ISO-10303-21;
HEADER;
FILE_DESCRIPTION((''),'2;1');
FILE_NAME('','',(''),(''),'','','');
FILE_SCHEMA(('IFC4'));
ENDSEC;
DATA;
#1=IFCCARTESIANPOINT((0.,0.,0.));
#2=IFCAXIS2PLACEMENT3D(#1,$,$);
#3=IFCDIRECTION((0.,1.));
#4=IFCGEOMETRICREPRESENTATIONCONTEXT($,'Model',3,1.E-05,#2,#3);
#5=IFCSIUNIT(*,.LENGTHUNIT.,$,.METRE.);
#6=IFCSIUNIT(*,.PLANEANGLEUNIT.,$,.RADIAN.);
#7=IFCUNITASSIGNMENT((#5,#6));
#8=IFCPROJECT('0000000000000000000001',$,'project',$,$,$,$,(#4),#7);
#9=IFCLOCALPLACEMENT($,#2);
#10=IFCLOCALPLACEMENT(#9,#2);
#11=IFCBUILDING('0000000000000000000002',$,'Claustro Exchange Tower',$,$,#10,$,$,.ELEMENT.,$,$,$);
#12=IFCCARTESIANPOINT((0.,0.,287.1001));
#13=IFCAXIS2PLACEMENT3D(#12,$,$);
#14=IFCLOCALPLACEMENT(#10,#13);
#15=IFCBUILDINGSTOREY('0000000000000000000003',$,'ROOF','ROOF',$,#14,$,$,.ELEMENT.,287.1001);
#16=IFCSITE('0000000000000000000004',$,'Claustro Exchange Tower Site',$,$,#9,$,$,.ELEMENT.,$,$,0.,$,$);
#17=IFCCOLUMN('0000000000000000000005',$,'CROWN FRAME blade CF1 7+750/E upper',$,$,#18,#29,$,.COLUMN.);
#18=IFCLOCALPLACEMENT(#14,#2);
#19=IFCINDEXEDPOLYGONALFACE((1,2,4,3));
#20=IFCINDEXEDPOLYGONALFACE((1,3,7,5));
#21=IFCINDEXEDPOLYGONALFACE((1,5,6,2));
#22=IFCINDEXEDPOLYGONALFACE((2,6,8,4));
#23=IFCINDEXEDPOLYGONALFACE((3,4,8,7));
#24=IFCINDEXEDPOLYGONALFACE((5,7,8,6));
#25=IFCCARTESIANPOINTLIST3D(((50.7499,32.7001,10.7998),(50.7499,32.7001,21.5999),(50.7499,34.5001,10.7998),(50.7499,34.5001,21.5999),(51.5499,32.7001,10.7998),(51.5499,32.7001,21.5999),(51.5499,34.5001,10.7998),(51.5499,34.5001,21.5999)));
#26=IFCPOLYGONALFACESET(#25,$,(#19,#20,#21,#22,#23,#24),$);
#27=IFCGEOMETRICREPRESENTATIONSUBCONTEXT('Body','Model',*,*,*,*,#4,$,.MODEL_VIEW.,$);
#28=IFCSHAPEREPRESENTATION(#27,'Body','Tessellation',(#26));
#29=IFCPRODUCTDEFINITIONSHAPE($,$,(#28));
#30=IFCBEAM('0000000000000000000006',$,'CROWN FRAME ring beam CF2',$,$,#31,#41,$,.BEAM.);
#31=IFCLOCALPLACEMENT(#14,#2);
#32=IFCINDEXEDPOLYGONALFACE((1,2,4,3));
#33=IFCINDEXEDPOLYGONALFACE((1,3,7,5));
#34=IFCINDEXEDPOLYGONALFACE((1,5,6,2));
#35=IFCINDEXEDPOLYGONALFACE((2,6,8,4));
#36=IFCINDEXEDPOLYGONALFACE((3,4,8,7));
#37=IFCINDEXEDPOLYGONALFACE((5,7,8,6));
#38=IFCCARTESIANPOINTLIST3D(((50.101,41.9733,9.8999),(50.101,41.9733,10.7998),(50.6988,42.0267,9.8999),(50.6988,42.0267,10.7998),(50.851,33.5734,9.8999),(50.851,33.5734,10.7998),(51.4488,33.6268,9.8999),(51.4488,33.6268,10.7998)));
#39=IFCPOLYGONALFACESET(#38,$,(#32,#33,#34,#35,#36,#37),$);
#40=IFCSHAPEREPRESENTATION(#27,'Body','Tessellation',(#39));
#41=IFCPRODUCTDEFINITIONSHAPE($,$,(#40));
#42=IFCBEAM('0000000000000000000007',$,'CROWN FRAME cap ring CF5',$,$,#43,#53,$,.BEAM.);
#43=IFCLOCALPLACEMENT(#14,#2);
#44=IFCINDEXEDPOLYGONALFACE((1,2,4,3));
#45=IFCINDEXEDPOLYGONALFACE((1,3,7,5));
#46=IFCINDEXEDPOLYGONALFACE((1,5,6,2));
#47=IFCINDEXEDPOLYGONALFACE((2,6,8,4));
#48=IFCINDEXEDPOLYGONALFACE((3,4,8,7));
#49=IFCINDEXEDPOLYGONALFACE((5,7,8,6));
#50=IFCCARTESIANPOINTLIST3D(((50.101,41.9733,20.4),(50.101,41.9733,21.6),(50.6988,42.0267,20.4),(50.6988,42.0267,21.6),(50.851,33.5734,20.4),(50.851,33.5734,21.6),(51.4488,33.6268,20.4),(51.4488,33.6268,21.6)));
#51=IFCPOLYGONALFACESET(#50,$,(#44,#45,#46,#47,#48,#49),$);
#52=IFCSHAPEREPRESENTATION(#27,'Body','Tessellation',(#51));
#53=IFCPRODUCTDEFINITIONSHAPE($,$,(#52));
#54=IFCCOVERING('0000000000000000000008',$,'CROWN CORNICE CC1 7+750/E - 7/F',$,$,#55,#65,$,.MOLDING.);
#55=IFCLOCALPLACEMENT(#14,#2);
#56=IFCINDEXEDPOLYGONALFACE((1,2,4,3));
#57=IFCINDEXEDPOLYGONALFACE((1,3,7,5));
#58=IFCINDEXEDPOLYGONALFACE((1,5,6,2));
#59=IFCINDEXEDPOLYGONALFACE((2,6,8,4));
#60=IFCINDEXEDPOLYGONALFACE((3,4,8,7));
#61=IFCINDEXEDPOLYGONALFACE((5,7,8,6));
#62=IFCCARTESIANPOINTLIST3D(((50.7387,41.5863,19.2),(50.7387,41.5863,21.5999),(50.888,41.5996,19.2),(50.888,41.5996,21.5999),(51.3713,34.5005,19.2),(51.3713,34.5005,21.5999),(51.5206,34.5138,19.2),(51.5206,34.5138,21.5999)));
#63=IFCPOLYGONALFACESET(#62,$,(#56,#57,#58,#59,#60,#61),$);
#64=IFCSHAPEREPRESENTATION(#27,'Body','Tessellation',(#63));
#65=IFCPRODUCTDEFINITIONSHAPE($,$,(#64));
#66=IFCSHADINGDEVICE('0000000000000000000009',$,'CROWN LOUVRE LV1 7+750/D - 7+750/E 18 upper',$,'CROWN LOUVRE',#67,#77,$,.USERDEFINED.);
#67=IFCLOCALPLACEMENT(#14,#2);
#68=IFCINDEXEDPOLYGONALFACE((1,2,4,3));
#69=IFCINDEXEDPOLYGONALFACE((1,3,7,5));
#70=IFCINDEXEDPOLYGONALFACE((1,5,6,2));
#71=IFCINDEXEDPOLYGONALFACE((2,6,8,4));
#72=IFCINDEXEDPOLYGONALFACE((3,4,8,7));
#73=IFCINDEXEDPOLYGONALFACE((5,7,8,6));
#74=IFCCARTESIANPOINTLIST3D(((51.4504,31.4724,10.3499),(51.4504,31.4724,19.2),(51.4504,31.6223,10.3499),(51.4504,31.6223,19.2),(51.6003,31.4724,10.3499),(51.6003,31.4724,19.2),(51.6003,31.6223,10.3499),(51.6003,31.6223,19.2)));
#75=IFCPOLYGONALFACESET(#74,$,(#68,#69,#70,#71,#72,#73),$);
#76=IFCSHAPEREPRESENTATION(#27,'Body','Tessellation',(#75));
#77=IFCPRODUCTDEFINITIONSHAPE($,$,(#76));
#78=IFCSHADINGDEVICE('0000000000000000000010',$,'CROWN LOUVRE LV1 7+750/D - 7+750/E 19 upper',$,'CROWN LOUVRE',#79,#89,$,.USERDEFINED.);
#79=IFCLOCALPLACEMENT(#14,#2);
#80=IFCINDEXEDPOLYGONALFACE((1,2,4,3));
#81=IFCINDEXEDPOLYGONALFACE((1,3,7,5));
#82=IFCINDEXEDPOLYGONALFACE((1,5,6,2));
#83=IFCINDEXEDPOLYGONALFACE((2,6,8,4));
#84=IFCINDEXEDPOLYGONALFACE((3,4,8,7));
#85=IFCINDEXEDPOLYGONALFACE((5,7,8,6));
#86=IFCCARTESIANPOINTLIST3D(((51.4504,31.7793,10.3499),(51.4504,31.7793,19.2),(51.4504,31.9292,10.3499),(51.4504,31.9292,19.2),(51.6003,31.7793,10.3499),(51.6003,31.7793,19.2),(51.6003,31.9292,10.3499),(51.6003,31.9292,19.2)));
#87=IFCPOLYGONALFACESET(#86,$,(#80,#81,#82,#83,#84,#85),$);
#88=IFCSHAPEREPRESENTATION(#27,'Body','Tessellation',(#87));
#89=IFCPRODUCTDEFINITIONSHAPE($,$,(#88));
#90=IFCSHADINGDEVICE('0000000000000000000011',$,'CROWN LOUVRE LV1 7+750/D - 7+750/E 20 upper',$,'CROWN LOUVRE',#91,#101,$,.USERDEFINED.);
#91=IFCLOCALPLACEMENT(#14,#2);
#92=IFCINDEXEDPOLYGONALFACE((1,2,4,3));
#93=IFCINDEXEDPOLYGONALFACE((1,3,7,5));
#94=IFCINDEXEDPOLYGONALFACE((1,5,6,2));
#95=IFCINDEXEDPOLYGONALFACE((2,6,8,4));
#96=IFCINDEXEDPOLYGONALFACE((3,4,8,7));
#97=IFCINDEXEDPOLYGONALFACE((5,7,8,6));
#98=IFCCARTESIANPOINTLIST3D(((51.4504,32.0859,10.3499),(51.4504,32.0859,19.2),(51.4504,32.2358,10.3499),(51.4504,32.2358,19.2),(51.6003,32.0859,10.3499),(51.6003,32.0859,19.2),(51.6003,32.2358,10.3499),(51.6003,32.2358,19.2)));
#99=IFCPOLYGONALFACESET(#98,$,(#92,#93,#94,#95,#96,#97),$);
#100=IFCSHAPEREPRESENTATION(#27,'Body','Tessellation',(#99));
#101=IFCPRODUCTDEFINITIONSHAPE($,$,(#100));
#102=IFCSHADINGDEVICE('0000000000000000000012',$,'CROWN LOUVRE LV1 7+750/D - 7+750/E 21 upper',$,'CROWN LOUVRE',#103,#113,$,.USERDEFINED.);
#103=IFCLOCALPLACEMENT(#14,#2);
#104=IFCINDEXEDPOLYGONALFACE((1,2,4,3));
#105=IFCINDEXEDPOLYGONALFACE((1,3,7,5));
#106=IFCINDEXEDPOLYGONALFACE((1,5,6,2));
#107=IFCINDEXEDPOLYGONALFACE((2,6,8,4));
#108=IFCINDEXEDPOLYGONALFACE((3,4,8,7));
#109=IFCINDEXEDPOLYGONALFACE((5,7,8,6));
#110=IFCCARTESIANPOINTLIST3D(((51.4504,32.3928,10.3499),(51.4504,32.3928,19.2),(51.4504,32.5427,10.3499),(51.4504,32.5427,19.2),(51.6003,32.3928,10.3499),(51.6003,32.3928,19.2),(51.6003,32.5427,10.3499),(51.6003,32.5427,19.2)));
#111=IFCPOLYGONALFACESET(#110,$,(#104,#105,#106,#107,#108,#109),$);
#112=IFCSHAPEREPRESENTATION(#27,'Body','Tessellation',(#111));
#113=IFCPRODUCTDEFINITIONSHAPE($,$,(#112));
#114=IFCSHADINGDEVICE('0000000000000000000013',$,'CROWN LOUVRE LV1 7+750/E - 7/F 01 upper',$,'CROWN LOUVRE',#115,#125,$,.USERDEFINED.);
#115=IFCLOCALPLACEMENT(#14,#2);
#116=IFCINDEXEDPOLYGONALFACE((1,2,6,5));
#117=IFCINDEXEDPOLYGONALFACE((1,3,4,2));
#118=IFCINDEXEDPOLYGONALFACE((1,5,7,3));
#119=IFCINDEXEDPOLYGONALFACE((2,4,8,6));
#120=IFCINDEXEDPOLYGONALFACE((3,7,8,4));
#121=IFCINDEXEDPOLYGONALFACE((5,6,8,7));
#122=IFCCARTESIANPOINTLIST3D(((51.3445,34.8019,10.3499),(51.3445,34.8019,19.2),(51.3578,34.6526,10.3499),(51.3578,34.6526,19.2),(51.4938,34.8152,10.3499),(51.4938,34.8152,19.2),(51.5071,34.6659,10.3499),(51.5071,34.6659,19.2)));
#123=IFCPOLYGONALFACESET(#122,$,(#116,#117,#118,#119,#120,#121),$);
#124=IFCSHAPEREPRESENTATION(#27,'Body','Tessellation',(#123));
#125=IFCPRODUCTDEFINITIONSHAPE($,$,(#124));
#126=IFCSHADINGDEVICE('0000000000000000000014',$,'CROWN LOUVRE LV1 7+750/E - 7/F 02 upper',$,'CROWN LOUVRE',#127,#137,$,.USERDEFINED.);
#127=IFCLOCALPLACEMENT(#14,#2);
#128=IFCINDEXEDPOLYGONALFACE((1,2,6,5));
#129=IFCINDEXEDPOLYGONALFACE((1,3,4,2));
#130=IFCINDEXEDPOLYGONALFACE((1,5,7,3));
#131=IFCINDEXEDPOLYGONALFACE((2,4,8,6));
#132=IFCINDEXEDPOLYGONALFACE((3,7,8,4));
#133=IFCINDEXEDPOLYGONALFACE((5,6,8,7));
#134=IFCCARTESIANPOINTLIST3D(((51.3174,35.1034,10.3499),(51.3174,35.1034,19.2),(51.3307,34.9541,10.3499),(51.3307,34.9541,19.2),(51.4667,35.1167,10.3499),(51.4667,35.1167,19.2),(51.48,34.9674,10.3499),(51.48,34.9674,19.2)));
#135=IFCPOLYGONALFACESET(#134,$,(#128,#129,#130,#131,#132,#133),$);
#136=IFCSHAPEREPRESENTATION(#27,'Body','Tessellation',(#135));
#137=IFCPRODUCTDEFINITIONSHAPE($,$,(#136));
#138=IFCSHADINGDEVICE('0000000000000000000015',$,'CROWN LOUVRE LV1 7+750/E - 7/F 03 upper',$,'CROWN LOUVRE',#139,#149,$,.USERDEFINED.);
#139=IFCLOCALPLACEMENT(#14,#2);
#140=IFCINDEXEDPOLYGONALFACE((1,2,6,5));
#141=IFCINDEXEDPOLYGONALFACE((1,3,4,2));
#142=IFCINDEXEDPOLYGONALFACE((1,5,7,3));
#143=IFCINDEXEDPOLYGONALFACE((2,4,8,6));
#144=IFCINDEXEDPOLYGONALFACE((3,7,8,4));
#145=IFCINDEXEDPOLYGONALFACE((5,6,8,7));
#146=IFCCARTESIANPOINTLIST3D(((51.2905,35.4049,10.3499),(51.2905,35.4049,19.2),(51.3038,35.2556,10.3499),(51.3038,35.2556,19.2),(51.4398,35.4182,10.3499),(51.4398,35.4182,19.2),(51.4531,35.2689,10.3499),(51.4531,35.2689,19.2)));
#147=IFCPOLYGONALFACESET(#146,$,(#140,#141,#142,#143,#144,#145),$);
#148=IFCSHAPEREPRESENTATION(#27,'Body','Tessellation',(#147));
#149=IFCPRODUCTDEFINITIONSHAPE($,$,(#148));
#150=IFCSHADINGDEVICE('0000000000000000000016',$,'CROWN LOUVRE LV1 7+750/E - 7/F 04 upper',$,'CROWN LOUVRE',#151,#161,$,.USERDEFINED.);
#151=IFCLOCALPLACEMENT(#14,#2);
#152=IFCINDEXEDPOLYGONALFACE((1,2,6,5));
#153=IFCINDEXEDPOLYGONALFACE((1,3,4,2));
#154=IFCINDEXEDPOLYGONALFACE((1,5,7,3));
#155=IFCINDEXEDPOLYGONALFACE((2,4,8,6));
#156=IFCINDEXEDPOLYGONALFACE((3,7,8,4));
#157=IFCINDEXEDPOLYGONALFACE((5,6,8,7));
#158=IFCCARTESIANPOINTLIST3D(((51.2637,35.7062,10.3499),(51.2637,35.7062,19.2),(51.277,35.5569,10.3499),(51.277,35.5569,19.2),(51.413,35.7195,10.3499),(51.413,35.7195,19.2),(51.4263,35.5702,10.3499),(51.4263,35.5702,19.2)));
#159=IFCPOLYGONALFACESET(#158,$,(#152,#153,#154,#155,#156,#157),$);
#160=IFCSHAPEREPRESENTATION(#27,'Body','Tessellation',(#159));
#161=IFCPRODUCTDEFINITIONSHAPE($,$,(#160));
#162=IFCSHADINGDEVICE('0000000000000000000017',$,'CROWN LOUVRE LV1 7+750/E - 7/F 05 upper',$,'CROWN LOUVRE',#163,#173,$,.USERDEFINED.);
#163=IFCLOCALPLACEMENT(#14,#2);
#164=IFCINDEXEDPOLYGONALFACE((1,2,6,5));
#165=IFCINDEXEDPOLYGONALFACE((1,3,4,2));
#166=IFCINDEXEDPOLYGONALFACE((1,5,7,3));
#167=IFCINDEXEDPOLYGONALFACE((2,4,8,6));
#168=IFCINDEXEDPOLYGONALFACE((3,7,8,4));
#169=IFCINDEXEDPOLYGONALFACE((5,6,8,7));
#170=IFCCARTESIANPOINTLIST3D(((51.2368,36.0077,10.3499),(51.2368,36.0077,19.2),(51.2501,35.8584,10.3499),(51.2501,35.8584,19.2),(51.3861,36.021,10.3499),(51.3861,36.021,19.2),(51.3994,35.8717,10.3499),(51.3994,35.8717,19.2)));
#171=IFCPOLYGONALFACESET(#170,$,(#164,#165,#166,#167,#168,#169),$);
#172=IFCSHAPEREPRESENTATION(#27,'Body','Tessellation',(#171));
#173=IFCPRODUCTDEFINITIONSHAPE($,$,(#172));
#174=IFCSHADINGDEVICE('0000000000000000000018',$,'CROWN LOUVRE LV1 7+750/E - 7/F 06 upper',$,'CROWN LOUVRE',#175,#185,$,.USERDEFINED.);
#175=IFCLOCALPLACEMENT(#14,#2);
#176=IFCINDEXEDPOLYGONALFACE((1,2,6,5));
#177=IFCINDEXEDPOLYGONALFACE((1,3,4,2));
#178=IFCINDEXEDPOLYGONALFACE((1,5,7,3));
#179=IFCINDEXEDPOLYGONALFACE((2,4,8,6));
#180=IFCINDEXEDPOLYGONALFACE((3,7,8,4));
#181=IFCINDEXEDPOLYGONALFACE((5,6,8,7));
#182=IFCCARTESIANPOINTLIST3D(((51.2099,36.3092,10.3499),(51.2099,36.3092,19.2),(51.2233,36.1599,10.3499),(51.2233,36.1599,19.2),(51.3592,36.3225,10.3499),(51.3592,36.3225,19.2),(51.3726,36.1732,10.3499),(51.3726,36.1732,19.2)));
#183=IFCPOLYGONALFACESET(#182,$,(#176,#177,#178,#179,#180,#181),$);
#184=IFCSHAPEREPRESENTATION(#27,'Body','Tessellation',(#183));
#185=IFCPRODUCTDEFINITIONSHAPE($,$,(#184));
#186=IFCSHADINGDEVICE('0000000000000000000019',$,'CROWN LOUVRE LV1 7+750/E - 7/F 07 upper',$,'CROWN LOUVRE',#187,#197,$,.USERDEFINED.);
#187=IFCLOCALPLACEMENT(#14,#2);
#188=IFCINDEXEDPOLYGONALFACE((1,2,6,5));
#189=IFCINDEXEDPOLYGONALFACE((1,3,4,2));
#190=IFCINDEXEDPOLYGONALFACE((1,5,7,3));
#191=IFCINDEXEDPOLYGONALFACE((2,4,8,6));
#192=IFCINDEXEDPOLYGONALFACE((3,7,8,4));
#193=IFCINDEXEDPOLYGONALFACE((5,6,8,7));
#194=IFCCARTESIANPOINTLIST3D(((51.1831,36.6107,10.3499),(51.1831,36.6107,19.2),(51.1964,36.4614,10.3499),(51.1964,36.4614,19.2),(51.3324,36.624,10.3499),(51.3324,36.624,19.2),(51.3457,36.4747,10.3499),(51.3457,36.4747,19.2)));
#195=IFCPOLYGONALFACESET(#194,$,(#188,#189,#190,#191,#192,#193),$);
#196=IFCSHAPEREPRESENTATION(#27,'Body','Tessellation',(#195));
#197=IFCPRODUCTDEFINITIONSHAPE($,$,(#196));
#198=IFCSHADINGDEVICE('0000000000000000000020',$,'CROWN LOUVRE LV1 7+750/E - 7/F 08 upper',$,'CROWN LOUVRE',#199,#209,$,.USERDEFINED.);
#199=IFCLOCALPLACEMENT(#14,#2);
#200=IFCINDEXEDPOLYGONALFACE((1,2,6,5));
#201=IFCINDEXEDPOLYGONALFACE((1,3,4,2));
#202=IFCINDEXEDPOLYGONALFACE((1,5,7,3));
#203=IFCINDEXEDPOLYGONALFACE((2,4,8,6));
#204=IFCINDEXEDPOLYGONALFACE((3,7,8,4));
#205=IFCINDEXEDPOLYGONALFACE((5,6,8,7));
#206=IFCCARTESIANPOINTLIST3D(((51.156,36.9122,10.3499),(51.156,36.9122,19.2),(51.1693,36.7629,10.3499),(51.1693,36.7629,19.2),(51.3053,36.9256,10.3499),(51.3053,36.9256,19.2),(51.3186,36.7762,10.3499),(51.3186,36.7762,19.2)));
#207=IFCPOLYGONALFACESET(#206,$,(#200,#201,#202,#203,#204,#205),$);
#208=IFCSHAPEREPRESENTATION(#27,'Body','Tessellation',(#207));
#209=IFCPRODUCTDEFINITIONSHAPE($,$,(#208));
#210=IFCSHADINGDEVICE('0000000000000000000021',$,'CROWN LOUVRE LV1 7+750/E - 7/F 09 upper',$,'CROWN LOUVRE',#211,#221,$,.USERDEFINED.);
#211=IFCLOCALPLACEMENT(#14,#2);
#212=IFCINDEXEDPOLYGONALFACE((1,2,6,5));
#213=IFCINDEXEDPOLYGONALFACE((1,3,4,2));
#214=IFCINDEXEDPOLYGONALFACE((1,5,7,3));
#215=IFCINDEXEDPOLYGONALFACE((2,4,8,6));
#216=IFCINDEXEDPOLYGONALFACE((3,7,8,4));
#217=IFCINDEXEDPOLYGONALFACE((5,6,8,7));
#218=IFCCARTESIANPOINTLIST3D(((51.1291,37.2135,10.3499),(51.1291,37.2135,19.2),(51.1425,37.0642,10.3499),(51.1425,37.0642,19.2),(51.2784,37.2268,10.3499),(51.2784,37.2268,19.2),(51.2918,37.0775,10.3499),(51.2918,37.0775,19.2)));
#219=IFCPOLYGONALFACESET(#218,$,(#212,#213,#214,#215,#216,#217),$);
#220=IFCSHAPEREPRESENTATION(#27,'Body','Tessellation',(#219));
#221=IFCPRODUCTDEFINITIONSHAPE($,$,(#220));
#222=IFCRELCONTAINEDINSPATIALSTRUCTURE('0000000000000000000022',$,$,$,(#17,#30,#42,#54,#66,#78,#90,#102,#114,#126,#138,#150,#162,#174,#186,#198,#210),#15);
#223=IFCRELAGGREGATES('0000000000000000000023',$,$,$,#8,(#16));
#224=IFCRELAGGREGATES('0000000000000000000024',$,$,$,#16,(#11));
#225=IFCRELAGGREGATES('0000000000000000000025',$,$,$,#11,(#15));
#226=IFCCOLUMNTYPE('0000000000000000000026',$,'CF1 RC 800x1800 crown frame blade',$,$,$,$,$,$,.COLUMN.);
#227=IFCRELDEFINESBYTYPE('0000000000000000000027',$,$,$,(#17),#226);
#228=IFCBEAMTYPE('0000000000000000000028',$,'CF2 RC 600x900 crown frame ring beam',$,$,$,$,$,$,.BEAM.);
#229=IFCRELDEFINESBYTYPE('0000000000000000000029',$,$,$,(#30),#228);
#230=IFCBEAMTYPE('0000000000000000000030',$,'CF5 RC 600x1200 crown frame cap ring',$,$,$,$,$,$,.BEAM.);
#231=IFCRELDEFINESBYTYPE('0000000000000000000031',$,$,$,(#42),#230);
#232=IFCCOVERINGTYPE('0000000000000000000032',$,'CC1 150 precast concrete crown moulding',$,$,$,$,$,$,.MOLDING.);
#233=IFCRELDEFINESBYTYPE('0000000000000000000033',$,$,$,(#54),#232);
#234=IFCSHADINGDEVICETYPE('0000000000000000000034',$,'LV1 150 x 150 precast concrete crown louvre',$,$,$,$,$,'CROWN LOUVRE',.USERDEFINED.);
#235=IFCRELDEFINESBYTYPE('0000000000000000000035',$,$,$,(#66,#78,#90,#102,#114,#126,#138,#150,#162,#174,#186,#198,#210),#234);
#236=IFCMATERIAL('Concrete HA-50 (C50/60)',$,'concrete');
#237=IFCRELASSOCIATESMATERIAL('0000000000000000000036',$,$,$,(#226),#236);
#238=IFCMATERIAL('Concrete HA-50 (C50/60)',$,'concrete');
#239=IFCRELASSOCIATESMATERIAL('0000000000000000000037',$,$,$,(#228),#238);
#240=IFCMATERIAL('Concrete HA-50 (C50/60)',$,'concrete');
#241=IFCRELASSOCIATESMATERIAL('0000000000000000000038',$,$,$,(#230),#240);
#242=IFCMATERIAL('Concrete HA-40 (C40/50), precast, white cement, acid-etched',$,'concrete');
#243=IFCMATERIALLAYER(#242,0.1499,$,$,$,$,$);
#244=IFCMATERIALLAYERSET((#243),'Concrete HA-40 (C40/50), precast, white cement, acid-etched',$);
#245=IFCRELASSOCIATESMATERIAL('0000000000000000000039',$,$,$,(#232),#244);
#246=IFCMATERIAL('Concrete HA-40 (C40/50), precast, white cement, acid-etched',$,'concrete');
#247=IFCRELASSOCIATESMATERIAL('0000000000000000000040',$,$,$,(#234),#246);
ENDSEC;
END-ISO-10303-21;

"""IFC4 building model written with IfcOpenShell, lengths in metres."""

from ifc_helpers import new_model, si_unit, direction, frame, origin, origin_2d, place, context, subcontext, project, spatial, rectangle, extrude, material, layer, layer_set, material_profile, profile_set, type_object, element, save


model = new_model("IFC4")

# Units and contexts
model_context = context("Model", 3, precision=1e-05, world=origin(), true_north=direction((0.0, 1.0)))
body_context = subcontext(model_context, "Body", "Model", "MODEL_VIEW")
ifc_project = project(units=[si_unit("LENGTHUNIT", "METRE"), si_unit("PLANEANGLEUNIT", "RADIAN")], contexts=[model_context])

# Site, building, storey
site_placement = place(None, origin())
site = spatial("IfcSite", under=ifc_project, at=site_placement, Name="Claustro Exchange Tower Site", CompositionType="ELEMENT", RefElevation=0.0)
building_placement = place(site_placement, origin())
building = spatial("IfcBuilding", under=site, at=building_placement, Name="Claustro Exchange Tower", CompositionType="ELEMENT")
storey_placement = place(building_placement, frame((0.0, 0.0, 287.1001)))
storey = spatial("IfcBuildingStorey", under=building, at=storey_placement, Name="ROOF", Description="ROOF", CompositionType="ELEMENT", Elevation=287.1001)

# Column
ifc_material_1 = material(Name="Concrete HA-50 (C50/60)", Category="concrete")
ifc_material_profile_1 = material_profile(ifc_material_1, rectangle(XDim=0.8, YDim=1.8, at=origin_2d()), Name="RC 800x1800")
ifc_profile_set_1 = profile_set([ifc_material_profile_1], Name="Concrete HA-50 (C50/60)")
column_type = type_object("IfcColumnType", Name="CF1 RC 800x1800 crown frame blade", PredefinedType="COLUMN", material=ifc_profile_set_1)
column_placement = place(storey_placement, frame((51.1499, 33.6001, 10.7998), z_axis=(0.0, 0.0, 1.0), x_axis=(1.0, 0.0, 0.0)))
element("IfcColumn", 1, at=column_placement, inside=storey, type_object=column_type, Name="CROWN FRAME blade CF1 7+750/E upper", PredefinedType="COLUMN", context=body_context, shape_type="SweptSolid", body=[
    extrude(rectangle(XDim=0.8, YDim=1.8, at=origin_2d()), origin(), (0.0, 0.0, 1.0), 10.8),
])

# Beams
ifc_material_2 = material(Name="Concrete HA-50 (C50/60)", Category="concrete")
ifc_material_profile_2 = material_profile(ifc_material_2, rectangle(XDim=0.6001, YDim=0.8999, at=origin_2d()), Name="RC 600x900")
ifc_profile_set_2 = profile_set([ifc_material_profile_2], Name="Concrete HA-50 (C50/60)")
beam_type_1 = type_object("IfcBeamType", Name="CF2 RC 600x900 crown frame ring beam", PredefinedType="BEAM", material=ifc_profile_set_2)
beam_1_placement = place(storey_placement, frame((51.1499, 33.6001, 10.3499), z_axis=(-0.088933, 0.996038, 0.0), x_axis=(-0.996038, -0.088933, 0.0)))
element("IfcBeam", 2, at=beam_1_placement, inside=storey, type_object=beam_type_1, Name="CROWN FRAME ring beam CF2", PredefinedType="BEAM", context=body_context, shape_type="SweptSolid", body=[
    extrude(rectangle(XDim=0.6001, YDim=0.8999, at=origin_2d()), origin(), (0.0, 0.0, 1.0), 8.4333),
])
ifc_material_3 = material(Name="Concrete HA-50 (C50/60)", Category="concrete")
ifc_material_profile_3 = material_profile(ifc_material_3, rectangle(XDim=0.6001, YDim=1.2, at=origin_2d()), Name="RC 600x1200")
ifc_profile_set_3 = profile_set([ifc_material_profile_3], Name="Concrete HA-50 (C50/60)")
beam_type_2 = type_object("IfcBeamType", Name="CF5 RC 600x1200 crown frame cap ring", PredefinedType="BEAM", material=ifc_profile_set_3)
beam_2_placement = place(storey_placement, frame((51.1499, 33.6001, 21.0), z_axis=(-0.088933, 0.996038, 0.0), x_axis=(-0.996038, -0.088933, 0.0)))
element("IfcBeam", 3, at=beam_2_placement, inside=storey, type_object=beam_type_2, Name="CROWN FRAME cap ring CF5", PredefinedType="BEAM", context=body_context, shape_type="SweptSolid", body=[
    extrude(rectangle(XDim=0.6001, YDim=1.2, at=origin_2d()), origin(), (0.0, 0.0, 1.0), 8.4333),
])

# Covering
ifc_material_4 = material(Name="Concrete HA-40 (C40/50), precast, white cement, acid-etched", Category="concrete")
ifc_layer_1 = layer(ifc_material_4, 0.1499)
ifc_layer_set_1 = layer_set([ifc_layer_1], Name="Concrete HA-40 (C40/50), precast, white cement, acid-etched")
covering_type = type_object("IfcCoveringType", Name="CC1 150 precast concrete crown moulding", PredefinedType="MOLDING", material=ifc_layer_set_1)
covering_placement = place(storey_placement, frame((51.1296, 38.05, 19.2), z_axis=(0.0, 0.0, 1.0), x_axis=(-0.088933, 0.996038, 0.0)))
element("IfcCovering", 4, at=covering_placement, inside=storey, type_object=covering_type, Name="CROWN CORNICE CC1 7+750/E - 7/F", PredefinedType="MOLDING", context=body_context, shape_type="SweptSolid", body=[
    extrude(rectangle(XDim=7.114, YDim=0.1499, at=origin_2d()), origin(), (0.0, 0.0, 1.0), 2.3999),
])

# Shading devices
ifc_material_5 = material(Name="Concrete HA-40 (C40/50), precast, white cement, acid-etched", Category="concrete")
shading_device_type = type_object("IfcShadingDeviceType", Name="LV1 150 x 150 precast concrete crown louvre", ElementType="CROWN LOUVRE", PredefinedType="USERDEFINED", material=ifc_material_5)
for number, where, z_axis, x_axis, name in (
    (5, (51.5254, 31.5474, 10.3499), (0.0, 0.0, 1.0), (0.0, 1.0, 0.0), "CROWN LOUVRE LV1 7+750/D - 7+750/E 18 upper"),
    (6, (51.5254, 31.8542, 10.3499), (0.0, 0.0, 1.0), (0.0, 1.0, 0.0), "CROWN LOUVRE LV1 7+750/D - 7+750/E 19 upper"),
    (7, (51.5254, 32.1609, 10.3499), (0.0, 0.0, 1.0), (0.0, 1.0, 0.0), "CROWN LOUVRE LV1 7+750/D - 7+750/E 20 upper"),
    (8, (51.5254, 32.4678, 10.3499), (0.0, 0.0, 1.0), (0.0, 1.0, 0.0), "CROWN LOUVRE LV1 7+750/D - 7+750/E 21 upper"),
    (9, (51.4258, 34.7339, 10.3499), (0.0, 0.0, 1.0), (-0.088933, 0.996038, 0.0), "CROWN LOUVRE LV1 7+750/E - 7/F 01 upper"),
    (10, (51.3987, 35.0354, 10.3499), (0.0, 0.0, 1.0), (-0.088933, 0.996038, 0.0), "CROWN LOUVRE LV1 7+750/E - 7/F 02 upper"),
    (11, (51.3718, 35.3369, 10.3499), (0.0, 0.0, 1.0), (-0.088933, 0.996038, 0.0), "CROWN LOUVRE LV1 7+750/E - 7/F 03 upper"),
    (12, (51.345, 35.6382, 10.3499), (0.0, 0.0, 1.0), (-0.088933, 0.996038, 0.0), "CROWN LOUVRE LV1 7+750/E - 7/F 04 upper"),
    (13, (51.3181, 35.9397, 10.3499), (0.0, 0.0, 1.0), (-0.088933, 0.996038, 0.0), "CROWN LOUVRE LV1 7+750/E - 7/F 05 upper"),
    (14, (51.2913, 36.2412, 10.3499), (0.0, 0.0, 1.0), (-0.088933, 0.996038, 0.0), "CROWN LOUVRE LV1 7+750/E - 7/F 06 upper"),
    (15, (51.2644, 36.5427, 10.3499), (0.0, 0.0, 1.0), (-0.088933, 0.996038, 0.0), "CROWN LOUVRE LV1 7+750/E - 7/F 07 upper"),
    (16, (51.2373, 36.8442, 10.3499), (0.0, 0.0, 1.0), (-0.088933, 0.996038, 0.0), "CROWN LOUVRE LV1 7+750/E - 7/F 08 upper"),
    (17, (51.2104, 37.1455, 10.3499), (0.0, 0.0, 1.0), (-0.088933, 0.996038, 0.0), "CROWN LOUVRE LV1 7+750/E - 7/F 09 upper"),
):
    element("IfcShadingDevice", number, at=place(storey_placement, frame(where, z_axis=z_axis, x_axis=x_axis)), inside=storey, type_object=shading_device_type, Name=name, ObjectType="CROWN LOUVRE", PredefinedType="USERDEFINED", context=body_context, shape_type="SweptSolid", body=[
        extrude(rectangle(XDim=0.1499, YDim=0.1499, at=origin_2d()), origin(), (0.0, 0.0, 1.0), 8.8501),
    ])

save(model, "model.ifc")
